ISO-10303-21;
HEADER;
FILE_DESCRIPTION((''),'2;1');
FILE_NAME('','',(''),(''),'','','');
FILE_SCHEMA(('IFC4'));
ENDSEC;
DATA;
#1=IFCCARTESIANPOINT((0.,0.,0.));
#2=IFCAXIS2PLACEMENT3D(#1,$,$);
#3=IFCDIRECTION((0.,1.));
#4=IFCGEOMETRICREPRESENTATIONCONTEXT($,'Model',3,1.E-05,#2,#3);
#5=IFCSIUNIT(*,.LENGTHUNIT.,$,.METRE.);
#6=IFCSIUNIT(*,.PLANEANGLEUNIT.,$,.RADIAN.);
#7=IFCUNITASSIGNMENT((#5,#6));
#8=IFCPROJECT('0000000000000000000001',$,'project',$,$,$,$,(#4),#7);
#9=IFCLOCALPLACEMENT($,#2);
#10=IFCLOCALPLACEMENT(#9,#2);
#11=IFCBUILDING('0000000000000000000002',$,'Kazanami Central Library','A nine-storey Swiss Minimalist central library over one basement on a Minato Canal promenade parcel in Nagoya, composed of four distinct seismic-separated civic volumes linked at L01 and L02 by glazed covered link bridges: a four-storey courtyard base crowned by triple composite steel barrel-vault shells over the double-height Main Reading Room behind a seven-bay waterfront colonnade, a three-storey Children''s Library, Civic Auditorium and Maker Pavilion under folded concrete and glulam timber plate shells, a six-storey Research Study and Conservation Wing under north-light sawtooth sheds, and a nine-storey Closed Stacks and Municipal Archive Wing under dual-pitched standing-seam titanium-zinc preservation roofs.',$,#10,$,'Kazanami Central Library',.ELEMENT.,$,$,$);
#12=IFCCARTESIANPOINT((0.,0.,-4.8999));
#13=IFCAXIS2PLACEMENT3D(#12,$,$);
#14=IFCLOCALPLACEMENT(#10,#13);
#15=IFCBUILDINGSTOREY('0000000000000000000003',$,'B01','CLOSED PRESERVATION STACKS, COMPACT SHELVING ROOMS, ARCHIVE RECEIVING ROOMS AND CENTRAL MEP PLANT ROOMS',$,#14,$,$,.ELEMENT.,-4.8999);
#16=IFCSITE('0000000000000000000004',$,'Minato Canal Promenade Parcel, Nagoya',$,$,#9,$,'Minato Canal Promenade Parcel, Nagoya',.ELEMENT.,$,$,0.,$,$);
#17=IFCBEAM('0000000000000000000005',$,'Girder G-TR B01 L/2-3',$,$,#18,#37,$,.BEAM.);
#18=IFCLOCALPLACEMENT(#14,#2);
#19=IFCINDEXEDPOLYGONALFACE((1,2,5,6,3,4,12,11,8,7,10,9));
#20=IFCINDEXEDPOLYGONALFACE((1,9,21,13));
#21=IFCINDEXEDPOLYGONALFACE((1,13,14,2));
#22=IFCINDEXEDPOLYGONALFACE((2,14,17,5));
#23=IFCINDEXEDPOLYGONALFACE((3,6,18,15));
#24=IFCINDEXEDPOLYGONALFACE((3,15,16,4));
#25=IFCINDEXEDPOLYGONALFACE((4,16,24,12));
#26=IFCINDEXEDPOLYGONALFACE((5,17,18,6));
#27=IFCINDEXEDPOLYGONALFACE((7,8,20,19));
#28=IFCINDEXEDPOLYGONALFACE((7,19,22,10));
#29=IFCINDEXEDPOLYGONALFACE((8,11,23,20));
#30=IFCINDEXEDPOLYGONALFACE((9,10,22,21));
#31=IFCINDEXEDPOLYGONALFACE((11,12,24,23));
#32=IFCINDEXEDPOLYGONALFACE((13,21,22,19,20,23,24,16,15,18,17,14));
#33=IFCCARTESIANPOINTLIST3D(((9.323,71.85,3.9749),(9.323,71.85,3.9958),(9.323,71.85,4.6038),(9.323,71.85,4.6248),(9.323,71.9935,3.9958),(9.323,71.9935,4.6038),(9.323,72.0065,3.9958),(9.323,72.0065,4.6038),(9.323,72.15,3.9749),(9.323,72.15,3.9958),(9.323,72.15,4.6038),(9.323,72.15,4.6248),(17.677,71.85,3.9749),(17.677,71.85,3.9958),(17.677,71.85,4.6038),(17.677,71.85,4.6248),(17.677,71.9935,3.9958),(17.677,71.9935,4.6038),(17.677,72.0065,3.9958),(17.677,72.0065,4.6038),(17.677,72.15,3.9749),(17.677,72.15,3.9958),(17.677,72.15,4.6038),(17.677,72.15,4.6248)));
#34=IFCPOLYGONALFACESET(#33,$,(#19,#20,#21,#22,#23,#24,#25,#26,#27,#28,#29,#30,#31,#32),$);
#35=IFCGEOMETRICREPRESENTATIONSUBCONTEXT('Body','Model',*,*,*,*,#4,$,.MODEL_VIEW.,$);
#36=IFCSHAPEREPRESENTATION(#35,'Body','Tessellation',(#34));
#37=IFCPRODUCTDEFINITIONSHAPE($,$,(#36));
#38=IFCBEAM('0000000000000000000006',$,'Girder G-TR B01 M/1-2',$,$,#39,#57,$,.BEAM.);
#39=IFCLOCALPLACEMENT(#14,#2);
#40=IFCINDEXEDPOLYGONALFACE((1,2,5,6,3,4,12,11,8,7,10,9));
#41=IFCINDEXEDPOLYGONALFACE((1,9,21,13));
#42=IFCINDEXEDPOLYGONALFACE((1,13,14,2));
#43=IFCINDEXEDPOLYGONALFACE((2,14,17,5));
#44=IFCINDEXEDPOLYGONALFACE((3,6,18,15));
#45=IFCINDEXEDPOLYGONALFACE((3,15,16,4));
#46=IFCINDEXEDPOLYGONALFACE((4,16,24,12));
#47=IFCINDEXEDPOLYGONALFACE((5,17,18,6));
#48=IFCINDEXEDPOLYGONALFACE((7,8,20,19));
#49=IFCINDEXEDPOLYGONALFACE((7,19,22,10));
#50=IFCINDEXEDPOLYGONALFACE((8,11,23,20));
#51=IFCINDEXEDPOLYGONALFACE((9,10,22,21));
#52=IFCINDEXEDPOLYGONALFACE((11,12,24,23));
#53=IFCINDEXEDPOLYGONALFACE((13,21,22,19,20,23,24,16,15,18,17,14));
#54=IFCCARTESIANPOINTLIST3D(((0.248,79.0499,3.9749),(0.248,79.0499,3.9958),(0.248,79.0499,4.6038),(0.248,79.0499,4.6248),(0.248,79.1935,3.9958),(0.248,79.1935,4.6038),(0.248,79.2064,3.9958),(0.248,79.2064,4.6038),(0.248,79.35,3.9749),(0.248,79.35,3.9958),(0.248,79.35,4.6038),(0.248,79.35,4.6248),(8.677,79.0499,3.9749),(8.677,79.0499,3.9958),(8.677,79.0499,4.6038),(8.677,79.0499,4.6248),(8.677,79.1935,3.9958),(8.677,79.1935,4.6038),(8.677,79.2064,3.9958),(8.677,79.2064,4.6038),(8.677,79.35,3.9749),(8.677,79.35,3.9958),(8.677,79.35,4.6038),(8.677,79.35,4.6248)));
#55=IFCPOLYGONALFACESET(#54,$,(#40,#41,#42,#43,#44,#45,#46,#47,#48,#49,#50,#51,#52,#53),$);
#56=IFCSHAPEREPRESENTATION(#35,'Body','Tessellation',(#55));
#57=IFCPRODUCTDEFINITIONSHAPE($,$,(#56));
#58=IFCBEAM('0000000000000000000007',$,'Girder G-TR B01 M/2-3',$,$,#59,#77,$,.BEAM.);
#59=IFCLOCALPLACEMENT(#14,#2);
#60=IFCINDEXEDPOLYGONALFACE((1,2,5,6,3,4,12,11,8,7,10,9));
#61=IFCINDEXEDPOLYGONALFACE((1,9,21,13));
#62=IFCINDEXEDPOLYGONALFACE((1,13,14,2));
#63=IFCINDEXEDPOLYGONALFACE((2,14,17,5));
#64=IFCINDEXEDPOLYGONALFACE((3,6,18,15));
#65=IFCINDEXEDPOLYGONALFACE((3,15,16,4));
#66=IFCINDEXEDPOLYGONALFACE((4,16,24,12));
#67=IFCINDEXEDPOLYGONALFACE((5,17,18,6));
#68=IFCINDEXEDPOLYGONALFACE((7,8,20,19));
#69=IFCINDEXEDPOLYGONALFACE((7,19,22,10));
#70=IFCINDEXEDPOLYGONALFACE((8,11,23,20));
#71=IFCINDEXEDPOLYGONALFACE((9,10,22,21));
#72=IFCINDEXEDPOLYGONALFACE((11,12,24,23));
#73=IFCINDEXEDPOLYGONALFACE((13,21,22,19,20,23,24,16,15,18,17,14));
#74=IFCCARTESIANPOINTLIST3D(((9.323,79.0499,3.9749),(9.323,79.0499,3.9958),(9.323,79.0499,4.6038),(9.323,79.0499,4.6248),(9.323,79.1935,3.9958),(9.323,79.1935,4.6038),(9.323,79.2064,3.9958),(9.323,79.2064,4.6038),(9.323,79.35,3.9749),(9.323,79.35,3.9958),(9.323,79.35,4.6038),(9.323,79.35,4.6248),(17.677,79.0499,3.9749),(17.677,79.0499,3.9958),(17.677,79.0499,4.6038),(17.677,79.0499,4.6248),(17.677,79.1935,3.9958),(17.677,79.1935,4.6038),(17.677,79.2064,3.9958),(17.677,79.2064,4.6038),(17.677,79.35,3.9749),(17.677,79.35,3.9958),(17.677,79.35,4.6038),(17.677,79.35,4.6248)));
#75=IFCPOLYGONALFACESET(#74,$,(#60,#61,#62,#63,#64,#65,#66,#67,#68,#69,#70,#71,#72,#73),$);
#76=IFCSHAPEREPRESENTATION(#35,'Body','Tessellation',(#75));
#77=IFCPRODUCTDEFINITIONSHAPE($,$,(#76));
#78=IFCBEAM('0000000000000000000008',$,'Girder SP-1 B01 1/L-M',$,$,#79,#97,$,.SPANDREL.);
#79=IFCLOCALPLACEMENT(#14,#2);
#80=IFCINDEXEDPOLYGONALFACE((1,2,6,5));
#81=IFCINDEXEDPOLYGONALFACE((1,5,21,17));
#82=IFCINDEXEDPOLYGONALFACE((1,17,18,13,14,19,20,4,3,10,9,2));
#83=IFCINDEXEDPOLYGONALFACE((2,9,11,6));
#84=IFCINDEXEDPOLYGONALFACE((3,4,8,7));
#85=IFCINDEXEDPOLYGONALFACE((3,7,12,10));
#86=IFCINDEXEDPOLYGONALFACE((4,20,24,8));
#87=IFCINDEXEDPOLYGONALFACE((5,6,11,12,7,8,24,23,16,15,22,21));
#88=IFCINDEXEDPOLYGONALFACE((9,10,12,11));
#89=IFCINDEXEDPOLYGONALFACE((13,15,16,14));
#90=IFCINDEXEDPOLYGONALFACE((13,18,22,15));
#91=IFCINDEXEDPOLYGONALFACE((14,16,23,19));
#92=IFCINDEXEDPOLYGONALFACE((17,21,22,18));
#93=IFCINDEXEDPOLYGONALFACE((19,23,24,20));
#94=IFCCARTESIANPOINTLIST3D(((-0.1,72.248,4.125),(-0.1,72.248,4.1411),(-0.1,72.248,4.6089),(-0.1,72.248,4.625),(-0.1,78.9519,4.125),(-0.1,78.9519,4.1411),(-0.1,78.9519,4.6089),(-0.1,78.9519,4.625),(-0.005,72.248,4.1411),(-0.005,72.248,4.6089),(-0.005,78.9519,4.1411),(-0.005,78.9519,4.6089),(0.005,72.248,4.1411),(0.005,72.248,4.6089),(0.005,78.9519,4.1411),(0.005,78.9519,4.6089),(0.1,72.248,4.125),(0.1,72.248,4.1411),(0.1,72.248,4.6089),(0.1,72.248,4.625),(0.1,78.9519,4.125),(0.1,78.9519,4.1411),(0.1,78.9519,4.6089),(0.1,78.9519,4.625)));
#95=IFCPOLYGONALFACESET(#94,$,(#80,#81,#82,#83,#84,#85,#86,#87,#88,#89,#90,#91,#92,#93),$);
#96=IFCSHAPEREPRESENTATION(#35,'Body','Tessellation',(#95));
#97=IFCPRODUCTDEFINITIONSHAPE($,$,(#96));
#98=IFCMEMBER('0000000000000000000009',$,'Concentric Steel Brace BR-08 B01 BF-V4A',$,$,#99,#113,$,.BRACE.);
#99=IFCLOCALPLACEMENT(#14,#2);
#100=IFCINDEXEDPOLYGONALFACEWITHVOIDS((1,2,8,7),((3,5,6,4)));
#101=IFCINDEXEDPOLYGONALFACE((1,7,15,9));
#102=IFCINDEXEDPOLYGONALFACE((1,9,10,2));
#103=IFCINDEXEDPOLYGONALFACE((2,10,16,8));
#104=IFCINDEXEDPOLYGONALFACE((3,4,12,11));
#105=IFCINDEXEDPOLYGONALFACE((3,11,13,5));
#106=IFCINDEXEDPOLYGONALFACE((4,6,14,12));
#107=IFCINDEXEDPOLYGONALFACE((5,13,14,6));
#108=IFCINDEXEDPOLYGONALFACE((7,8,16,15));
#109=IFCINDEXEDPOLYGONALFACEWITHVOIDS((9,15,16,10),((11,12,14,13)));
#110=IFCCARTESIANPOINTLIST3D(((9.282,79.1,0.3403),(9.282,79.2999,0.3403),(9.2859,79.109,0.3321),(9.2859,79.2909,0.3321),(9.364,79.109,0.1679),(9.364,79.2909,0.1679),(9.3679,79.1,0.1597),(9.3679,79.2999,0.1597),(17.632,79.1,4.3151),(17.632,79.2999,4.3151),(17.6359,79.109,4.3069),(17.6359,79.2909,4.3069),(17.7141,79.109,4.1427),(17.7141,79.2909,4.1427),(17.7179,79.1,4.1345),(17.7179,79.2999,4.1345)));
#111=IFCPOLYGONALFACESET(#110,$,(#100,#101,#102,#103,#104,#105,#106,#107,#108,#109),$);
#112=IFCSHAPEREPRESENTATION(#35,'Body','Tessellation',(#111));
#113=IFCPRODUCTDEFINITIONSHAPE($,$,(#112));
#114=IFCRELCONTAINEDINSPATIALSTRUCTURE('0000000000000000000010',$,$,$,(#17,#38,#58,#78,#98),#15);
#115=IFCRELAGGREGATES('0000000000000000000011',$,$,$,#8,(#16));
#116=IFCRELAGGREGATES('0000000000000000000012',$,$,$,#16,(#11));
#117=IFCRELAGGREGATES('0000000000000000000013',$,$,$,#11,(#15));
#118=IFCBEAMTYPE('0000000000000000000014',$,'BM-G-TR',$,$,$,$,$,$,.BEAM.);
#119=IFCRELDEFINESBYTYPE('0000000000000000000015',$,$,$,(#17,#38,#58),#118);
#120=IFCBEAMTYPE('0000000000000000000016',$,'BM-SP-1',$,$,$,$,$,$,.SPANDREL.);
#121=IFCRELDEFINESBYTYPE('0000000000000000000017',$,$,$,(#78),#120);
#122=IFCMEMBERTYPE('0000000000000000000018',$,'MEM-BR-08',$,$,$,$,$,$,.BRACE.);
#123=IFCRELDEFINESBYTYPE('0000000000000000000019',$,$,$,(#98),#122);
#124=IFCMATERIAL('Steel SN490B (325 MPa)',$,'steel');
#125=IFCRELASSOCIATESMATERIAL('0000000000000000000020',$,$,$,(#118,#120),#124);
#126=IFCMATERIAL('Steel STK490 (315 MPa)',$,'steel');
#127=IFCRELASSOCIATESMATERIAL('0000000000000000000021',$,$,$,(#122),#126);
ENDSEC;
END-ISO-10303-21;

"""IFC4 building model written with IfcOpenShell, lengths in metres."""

from ifc_helpers import new_model, si_unit, direction, frame, origin, origin_2d, place, context, subcontext, project, spatial, hollow_rectangle, i_section, extrude, material, material_profile, profile_set, type_object, element, save


model = new_model("IFC4")

# Units and contexts
model_context = context("Model", 3, precision=1e-05, world=origin(), true_north=direction((0.0, 1.0)))
body_context = subcontext(model_context, "Body", "Model", "MODEL_VIEW")
ifc_project = project(units=[si_unit("LENGTHUNIT", "METRE"), si_unit("PLANEANGLEUNIT", "RADIAN")], contexts=[model_context])

# Site, building, storey
site_placement = place(None, origin())
site = spatial("IfcSite", under=ifc_project, at=site_placement, Name="Minato Canal Promenade Parcel, Nagoya", LongName="Minato Canal Promenade Parcel, Nagoya", CompositionType="ELEMENT", RefElevation=0.0)
building_placement = place(site_placement, origin())
building = spatial("IfcBuilding", under=site, at=building_placement, Name="Kazanami Central Library", Description="A nine-storey Swiss Minimalist central library over one basement on a Minato Canal promenade parcel in Nagoya, composed of four distinct seismic-separated civic volumes linked at L01 and L02 by glazed covered link bridges: a four-storey courtyard base crowned by triple composite steel barrel-vault shells over the double-height Main Reading Room behind a seven-bay waterfront colonnade, a three-storey Children's Library, Civic Auditorium and Maker Pavilion under folded concrete and glulam timber plate shells, a six-storey Research Study and Conservation Wing under north-light sawtooth sheds, and a nine-storey Closed Stacks and Municipal Archive Wing under dual-pitched standing-seam titanium-zinc preservation roofs.", LongName="Kazanami Central Library", CompositionType="ELEMENT")
storey_placement = place(building_placement, frame((0.0, 0.0, -4.8999)))
storey = spatial("IfcBuildingStorey", under=building, at=storey_placement, Name="B01", Description="CLOSED PRESERVATION STACKS, COMPACT SHELVING ROOMS, ARCHIVE RECEIVING ROOMS AND CENTRAL MEP PLANT ROOMS", CompositionType="ELEMENT", Elevation=-4.8999)

# Beams
ifc_material_1 = material(Name="Steel SN490B (325 MPa)", Category="steel")
ifc_material_profile_1 = material_profile(ifc_material_1, i_section(OverallWidth=0.3, OverallDepth=0.6499, WebThickness=0.0129, FlangeThickness=0.021, at=origin_2d()), Name="H-650x300x13x21")
ifc_profile_set_1 = profile_set([ifc_material_profile_1], Name="Steel SN490B (325 MPa)")
beam_type_1 = type_object("IfcBeamType", Name="BM-G-TR", PredefinedType="BEAM", material=ifc_profile_set_1)
beam_1_placement = place(storey_placement, frame((9.323, 72.0, 4.2998), z_axis=(1.0, 0.0, 0.0), x_axis=(0.0, 1.0, 0.0)))
element("IfcBeam", 1, at=beam_1_placement, inside=storey, type_object=beam_type_1, Name="Girder G-TR B01 L/2-3", PredefinedType="BEAM", context=body_context, shape_type="SweptSolid", body=[
    extrude(i_section(OverallWidth=0.3, OverallDepth=0.6499, WebThickness=0.0129, FlangeThickness=0.021, at=origin_2d()), origin(), (0.0, 0.0, 1.0), 8.354),
])
beam_2_placement = place(storey_placement, frame((0.248, 79.2, 4.2998), z_axis=(1.0, 0.0, 0.0), x_axis=(0.0, 1.0, 0.0)))
element("IfcBeam", 2, at=beam_2_placement, inside=storey, type_object=beam_type_1, Name="Girder G-TR B01 M/1-2", PredefinedType="BEAM", context=body_context, shape_type="SweptSolid", body=[
    extrude(i_section(OverallWidth=0.3, OverallDepth=0.6499, WebThickness=0.0129, FlangeThickness=0.021, at=origin_2d()), origin(), (0.0, 0.0, 1.0), 8.429),
])
beam_3_placement = place(storey_placement, frame((9.323, 79.2, 4.2998), z_axis=(1.0, 0.0, 0.0), x_axis=(0.0, 1.0, 0.0)))
element("IfcBeam", 3, at=beam_3_placement, inside=storey, type_object=beam_type_1, Name="Girder G-TR B01 M/2-3", PredefinedType="BEAM", context=body_context, shape_type="SweptSolid", body=[
    extrude(i_section(OverallWidth=0.3, OverallDepth=0.6499, WebThickness=0.0129, FlangeThickness=0.021, at=origin_2d()), origin(), (0.0, 0.0, 1.0), 8.354),
])
ifc_material_profile_2 = material_profile(ifc_material_1, i_section(OverallWidth=0.2, OverallDepth=0.5, WebThickness=0.01, FlangeThickness=0.0161, at=origin_2d()), Name="H-500x200x10x16")
ifc_profile_set_2 = profile_set([ifc_material_profile_2], Name="Steel SN490B (325 MPa)")
beam_type_2 = type_object("IfcBeamType", Name="BM-SP-1", PredefinedType="SPANDREL", material=ifc_profile_set_2)
beam_4_placement = place(storey_placement, frame((0.0, 72.248, 4.375), z_axis=(0.0, 1.0, 0.0), x_axis=(-1.0, 0.0, 0.0)))
element("IfcBeam", 4, at=beam_4_placement, inside=storey, type_object=beam_type_2, Name="Girder SP-1 B01 1/L-M", PredefinedType="SPANDREL", context=body_context, shape_type="SweptSolid", body=[
    extrude(i_section(OverallWidth=0.2, OverallDepth=0.5, WebThickness=0.01, FlangeThickness=0.0161, at=origin_2d()), origin(), (0.0, 0.0, 1.0), 6.7039),
])

# Member
ifc_material_2 = material(Name="Steel STK490 (315 MPa)", Category="steel")
ifc_material_profile_3 = material_profile(ifc_material_2, hollow_rectangle(XDim=0.2, YDim=0.2, WallThickness=0.009, at=origin_2d()), Name="STKR-200x200x9")
ifc_profile_set_3 = profile_set([ifc_material_profile_3], Name="Steel STK490 (315 MPa)")
member_type = type_object("IfcMemberType", Name="MEM-BR-08", PredefinedType="BRACE", material=ifc_profile_set_3)
member_placement = place(storey_placement, frame((9.325, 79.2, 0.25), z_axis=(0.902919, 0.0, 0.429812), x_axis=(0.0, 1.0, 0.0)))
element("IfcMember", 5, at=member_placement, inside=storey, type_object=member_type, Name="Concentric Steel Brace BR-08 B01 BF-V4A", PredefinedType="BRACE", context=body_context, shape_type="SweptSolid", body=[
    extrude(hollow_rectangle(XDim=0.2, YDim=0.2, WallThickness=0.009, at=origin_2d()), origin(), (0.0, 0.0, 1.0), 9.2478),
])

save(model, "model.ifc")
